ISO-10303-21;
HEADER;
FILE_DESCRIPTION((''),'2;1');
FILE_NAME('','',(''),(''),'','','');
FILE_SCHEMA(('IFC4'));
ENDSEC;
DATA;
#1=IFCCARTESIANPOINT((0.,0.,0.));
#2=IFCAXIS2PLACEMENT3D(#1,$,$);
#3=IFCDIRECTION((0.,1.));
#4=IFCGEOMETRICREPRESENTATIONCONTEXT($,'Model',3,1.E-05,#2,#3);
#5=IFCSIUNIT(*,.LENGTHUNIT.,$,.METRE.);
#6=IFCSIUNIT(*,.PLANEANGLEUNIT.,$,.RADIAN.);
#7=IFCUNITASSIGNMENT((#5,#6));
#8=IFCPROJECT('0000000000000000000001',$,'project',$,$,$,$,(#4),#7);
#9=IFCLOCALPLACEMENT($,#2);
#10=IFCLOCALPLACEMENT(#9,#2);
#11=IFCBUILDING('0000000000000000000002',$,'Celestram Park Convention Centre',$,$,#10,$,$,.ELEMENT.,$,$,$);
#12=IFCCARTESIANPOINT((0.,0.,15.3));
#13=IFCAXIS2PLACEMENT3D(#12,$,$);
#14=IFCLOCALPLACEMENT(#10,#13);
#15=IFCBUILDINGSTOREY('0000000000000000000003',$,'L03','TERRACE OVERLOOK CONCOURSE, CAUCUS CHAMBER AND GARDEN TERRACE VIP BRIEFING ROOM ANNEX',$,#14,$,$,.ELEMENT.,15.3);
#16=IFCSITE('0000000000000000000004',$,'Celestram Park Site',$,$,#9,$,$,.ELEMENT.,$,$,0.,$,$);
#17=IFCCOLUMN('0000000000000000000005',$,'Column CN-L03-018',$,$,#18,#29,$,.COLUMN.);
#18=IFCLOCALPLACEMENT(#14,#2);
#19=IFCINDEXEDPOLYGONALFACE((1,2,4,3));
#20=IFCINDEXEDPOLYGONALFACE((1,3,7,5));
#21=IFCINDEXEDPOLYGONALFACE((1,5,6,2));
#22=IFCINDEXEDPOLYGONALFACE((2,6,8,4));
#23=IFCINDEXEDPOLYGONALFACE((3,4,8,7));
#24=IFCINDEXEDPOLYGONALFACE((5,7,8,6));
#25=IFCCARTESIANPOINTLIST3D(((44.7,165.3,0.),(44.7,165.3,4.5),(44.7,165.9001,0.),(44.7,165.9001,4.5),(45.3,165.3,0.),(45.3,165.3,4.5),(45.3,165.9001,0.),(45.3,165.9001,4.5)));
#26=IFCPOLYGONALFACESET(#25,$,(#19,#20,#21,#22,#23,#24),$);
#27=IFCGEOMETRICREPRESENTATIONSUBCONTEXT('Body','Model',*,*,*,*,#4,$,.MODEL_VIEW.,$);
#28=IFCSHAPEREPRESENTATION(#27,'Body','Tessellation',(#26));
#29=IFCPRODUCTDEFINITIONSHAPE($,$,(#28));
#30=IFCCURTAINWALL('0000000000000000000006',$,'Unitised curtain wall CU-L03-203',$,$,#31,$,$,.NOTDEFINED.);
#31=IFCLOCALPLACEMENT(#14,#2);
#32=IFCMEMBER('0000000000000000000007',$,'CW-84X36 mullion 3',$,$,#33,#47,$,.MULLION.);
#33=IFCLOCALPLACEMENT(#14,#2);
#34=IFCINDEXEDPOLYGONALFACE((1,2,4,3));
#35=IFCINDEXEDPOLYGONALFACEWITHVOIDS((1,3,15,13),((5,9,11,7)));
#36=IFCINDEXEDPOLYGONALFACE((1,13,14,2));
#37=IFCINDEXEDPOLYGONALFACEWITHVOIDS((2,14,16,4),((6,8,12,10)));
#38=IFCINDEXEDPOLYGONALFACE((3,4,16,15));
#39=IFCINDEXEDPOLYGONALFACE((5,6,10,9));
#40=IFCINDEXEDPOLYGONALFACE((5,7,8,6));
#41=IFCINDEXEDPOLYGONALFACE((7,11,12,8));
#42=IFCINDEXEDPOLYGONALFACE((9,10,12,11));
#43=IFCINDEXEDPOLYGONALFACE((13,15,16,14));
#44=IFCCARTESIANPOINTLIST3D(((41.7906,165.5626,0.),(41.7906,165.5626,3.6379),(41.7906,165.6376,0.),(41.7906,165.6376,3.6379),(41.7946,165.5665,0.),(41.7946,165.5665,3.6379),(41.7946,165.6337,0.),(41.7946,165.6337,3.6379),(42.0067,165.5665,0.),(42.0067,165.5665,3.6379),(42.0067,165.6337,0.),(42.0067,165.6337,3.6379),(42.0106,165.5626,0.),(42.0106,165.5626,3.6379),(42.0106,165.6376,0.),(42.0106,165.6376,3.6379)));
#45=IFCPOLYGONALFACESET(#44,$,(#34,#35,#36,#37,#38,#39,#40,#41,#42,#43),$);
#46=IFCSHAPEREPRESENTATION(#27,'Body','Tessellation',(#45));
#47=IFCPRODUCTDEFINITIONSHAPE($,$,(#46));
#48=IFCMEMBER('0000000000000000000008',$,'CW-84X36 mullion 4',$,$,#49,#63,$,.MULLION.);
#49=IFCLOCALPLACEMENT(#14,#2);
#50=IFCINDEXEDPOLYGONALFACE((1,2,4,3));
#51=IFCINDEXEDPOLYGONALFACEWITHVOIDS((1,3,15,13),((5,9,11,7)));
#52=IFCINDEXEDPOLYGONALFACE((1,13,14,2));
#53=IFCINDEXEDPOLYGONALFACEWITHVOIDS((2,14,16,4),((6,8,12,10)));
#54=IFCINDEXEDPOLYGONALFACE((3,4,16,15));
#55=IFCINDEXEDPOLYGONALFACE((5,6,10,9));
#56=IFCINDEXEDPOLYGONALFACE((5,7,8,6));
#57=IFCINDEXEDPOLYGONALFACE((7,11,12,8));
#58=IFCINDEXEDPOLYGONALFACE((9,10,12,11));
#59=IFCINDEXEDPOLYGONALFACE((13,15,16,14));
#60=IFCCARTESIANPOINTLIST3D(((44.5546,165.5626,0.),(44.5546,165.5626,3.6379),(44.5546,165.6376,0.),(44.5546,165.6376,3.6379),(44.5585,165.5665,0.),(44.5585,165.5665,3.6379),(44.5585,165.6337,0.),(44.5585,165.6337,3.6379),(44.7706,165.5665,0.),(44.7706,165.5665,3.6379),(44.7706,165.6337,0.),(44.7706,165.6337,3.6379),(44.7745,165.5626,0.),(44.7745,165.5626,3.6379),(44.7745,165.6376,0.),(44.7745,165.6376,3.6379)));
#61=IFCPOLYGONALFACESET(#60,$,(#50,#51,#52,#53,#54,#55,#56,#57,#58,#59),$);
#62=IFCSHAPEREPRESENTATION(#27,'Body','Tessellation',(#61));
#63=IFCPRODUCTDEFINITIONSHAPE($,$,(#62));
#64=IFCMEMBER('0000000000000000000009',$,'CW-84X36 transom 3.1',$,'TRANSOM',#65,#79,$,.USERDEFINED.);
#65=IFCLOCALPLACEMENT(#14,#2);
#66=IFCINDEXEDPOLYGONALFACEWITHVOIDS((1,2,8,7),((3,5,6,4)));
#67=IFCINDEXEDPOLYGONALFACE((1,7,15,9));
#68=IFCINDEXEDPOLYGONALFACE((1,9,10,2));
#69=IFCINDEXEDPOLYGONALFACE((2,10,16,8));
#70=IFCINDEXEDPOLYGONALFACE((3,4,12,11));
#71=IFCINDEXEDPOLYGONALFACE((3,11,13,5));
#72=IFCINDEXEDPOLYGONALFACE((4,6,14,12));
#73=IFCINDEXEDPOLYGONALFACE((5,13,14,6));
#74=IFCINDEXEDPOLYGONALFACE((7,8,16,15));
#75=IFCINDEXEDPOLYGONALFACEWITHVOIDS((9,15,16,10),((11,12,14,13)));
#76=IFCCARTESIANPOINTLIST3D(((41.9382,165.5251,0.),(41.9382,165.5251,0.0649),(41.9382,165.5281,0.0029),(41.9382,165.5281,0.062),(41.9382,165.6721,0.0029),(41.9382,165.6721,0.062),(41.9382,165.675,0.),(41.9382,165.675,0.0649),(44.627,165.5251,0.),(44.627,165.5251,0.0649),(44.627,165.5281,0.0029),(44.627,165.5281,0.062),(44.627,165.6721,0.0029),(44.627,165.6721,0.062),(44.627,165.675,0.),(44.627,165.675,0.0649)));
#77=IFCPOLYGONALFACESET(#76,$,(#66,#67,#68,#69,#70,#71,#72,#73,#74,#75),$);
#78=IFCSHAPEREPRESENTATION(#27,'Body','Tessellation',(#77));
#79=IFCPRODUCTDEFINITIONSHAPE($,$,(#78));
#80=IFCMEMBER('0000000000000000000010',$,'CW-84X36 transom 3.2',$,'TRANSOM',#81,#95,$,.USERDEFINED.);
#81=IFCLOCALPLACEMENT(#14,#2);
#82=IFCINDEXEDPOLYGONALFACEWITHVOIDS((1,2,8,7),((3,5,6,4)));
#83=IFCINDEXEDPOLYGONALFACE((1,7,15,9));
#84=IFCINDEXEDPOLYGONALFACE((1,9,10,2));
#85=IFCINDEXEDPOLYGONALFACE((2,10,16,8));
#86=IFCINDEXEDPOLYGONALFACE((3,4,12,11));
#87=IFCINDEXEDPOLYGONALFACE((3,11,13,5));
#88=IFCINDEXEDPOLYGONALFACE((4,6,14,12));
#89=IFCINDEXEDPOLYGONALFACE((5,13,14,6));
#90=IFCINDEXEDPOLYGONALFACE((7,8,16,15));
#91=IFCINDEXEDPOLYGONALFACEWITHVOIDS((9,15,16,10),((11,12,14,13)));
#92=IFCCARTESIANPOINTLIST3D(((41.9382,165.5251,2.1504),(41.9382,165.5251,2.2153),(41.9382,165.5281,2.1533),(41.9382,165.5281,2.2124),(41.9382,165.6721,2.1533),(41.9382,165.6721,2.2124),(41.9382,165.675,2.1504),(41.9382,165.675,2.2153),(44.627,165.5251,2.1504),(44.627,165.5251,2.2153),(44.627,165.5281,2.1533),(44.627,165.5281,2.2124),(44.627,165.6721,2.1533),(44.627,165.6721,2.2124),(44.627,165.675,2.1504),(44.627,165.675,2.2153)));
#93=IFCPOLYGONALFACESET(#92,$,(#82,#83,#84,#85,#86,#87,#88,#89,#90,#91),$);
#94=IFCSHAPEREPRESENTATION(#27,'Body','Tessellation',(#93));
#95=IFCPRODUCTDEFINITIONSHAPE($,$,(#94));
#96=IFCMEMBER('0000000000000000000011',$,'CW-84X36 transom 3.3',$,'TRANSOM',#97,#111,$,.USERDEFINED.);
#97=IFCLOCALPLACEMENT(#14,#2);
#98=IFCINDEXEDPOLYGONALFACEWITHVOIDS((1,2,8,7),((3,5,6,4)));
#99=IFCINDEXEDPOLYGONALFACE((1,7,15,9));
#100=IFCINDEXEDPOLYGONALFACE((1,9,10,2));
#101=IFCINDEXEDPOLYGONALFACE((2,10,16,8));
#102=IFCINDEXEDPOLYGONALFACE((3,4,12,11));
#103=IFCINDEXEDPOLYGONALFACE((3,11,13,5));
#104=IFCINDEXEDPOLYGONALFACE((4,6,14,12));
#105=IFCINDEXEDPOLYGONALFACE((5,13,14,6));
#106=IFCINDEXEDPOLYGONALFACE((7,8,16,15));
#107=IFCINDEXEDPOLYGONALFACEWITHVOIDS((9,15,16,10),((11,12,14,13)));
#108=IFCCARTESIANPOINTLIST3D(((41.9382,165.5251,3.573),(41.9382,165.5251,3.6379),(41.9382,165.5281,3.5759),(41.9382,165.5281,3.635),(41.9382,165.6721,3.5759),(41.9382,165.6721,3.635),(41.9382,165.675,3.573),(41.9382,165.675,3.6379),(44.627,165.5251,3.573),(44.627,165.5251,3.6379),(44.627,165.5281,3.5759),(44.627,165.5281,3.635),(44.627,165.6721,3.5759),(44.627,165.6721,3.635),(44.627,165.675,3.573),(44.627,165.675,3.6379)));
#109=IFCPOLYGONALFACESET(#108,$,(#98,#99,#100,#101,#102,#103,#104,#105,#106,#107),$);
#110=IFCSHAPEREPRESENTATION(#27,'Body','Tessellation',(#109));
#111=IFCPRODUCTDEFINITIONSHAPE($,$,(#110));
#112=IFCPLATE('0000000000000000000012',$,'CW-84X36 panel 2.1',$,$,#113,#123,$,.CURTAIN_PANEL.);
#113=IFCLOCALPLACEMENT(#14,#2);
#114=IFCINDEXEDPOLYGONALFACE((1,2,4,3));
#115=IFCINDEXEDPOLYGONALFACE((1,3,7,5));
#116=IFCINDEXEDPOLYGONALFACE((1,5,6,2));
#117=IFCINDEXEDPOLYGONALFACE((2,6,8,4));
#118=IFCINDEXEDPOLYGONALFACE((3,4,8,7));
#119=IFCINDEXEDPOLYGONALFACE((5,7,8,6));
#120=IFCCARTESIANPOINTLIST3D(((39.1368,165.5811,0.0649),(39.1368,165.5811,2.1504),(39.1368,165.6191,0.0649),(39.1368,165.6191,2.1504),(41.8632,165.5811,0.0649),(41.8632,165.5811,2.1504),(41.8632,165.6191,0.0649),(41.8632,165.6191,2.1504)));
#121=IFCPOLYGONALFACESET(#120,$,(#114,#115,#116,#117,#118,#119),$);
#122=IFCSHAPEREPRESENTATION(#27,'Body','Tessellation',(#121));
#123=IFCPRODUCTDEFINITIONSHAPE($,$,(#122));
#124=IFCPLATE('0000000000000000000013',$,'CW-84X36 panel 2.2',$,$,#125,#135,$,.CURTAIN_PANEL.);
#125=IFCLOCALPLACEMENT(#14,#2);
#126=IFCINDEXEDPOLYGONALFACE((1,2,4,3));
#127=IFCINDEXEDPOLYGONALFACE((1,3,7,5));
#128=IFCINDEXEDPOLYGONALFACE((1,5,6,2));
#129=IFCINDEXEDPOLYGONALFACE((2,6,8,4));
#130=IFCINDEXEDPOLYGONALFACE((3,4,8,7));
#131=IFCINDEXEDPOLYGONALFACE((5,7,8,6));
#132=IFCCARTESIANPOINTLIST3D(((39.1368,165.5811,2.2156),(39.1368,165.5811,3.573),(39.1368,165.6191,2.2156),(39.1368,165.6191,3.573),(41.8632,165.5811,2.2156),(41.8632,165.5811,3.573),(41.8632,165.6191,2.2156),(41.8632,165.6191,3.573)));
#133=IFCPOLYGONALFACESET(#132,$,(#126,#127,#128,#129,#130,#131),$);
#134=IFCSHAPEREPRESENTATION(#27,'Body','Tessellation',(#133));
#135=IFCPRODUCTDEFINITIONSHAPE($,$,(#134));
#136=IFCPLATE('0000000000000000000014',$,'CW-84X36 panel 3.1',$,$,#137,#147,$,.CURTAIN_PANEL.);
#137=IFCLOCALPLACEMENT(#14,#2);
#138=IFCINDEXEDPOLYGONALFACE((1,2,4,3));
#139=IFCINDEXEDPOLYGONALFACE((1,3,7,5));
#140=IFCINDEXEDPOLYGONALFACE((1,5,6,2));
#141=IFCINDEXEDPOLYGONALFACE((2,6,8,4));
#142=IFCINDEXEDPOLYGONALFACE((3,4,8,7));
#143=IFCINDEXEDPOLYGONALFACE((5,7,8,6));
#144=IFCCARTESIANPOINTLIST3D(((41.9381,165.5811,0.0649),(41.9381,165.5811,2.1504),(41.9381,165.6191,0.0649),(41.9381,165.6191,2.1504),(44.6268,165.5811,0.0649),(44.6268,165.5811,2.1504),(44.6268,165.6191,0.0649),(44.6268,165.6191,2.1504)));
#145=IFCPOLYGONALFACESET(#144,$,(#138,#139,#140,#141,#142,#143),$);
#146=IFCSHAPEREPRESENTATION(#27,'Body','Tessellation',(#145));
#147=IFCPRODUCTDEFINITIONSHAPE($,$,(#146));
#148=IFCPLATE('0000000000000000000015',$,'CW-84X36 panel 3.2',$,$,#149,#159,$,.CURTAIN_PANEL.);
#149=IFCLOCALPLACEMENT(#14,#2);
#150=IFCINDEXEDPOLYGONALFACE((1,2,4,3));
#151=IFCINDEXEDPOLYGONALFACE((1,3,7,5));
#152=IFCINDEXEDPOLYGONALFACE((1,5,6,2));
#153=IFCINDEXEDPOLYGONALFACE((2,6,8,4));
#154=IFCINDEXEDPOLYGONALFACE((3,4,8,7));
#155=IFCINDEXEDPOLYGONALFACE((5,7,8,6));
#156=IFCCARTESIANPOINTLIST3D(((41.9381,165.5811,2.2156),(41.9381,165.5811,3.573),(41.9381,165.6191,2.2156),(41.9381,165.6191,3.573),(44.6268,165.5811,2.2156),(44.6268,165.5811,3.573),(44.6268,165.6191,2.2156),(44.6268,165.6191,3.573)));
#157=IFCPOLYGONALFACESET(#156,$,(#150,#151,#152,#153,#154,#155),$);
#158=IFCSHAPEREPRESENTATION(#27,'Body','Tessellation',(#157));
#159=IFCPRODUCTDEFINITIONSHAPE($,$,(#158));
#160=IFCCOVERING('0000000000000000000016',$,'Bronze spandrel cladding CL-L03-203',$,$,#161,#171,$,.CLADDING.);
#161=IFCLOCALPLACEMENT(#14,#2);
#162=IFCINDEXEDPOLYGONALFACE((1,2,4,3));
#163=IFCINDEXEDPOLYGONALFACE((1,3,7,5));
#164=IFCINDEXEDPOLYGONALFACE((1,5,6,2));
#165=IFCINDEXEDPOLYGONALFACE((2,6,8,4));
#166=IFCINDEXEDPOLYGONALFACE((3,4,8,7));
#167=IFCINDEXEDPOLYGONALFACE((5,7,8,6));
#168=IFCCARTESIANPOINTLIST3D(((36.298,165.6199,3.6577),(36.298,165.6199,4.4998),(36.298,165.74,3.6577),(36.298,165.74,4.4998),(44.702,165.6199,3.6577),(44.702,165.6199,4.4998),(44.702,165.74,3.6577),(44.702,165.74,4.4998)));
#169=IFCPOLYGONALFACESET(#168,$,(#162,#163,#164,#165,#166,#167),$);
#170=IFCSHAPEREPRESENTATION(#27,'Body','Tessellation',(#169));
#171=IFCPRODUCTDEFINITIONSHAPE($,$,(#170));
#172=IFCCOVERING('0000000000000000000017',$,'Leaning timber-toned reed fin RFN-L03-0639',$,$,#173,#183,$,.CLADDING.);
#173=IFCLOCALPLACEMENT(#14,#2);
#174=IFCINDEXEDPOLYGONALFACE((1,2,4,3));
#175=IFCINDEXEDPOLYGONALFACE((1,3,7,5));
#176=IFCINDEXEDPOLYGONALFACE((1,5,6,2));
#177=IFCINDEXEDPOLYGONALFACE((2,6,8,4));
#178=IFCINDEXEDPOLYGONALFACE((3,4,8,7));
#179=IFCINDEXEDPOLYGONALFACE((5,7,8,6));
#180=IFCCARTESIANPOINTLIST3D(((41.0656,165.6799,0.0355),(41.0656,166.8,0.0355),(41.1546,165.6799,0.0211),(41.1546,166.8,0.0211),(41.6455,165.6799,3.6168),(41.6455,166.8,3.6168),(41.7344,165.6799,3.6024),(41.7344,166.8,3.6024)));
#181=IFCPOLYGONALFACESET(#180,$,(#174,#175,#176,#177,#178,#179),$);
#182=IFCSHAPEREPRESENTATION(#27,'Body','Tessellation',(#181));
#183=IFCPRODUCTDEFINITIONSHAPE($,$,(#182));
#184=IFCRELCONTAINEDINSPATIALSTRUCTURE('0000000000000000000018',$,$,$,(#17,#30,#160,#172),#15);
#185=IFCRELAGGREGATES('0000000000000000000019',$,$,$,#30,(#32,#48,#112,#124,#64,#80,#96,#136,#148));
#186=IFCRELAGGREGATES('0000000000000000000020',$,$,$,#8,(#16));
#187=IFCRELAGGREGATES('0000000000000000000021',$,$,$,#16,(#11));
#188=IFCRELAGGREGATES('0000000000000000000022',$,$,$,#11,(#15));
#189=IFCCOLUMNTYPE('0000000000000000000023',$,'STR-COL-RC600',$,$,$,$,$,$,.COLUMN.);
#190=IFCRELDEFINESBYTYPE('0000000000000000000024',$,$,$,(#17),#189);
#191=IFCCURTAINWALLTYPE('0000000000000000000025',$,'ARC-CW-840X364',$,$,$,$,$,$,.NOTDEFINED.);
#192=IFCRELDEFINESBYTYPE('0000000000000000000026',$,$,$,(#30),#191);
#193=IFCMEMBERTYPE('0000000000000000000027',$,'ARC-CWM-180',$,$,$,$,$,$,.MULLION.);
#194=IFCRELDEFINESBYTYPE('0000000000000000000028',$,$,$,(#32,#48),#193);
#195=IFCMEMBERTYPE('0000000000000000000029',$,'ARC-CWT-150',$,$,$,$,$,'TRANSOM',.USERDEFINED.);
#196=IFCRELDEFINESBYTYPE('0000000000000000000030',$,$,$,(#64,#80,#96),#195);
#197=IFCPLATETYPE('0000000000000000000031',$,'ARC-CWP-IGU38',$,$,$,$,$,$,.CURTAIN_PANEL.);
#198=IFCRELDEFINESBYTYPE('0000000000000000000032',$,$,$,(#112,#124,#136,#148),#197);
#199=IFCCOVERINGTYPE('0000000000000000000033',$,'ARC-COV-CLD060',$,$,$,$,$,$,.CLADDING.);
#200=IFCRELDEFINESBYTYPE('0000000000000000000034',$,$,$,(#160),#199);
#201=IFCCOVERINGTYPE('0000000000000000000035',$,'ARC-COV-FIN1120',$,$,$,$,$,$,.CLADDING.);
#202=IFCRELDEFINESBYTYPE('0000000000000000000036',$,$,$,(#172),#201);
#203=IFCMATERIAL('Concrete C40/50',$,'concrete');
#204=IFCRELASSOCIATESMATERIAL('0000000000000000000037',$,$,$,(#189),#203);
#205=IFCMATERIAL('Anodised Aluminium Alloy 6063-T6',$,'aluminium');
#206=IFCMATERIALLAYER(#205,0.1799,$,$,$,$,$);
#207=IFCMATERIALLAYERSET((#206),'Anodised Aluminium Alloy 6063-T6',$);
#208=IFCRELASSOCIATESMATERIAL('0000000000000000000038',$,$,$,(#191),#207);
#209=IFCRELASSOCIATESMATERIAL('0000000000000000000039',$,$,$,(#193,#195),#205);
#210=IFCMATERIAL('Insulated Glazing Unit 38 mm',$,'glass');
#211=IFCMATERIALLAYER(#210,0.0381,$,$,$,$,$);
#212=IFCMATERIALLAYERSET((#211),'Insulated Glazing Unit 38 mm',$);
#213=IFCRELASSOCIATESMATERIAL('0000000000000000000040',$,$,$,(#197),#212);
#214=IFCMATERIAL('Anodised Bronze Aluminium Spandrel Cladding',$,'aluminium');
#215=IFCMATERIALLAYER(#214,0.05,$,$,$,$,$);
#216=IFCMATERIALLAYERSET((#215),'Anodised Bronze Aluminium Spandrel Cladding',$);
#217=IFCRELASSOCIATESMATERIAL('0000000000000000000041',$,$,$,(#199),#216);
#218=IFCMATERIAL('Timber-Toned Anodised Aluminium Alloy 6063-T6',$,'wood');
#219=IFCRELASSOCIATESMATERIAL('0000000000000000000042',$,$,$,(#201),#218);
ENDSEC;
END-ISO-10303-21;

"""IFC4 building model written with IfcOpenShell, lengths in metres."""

from ifc_helpers import new_model, si_unit, direction, frame, origin, origin_2d, place, context, subcontext, project, spatial, rectangle, hollow_rectangle, extrude, material, layer, layer_set, material_profile, profile_set, type_object, element, aggregate, save


model = new_model("IFC4")

# Units and contexts
model_context = context("Model", 3, precision=1e-05, world=origin(), true_north=direction((0.0, 1.0)))
body_context = subcontext(model_context, "Body", "Model", "MODEL_VIEW")
ifc_project = project(units=[si_unit("LENGTHUNIT", "METRE"), si_unit("PLANEANGLEUNIT", "RADIAN")], contexts=[model_context])

# Site, building, storey
site_placement = place(None, origin())
site = spatial("IfcSite", under=ifc_project, at=site_placement, Name="Celestram Park Site", CompositionType="ELEMENT", RefElevation=0.0)
building_placement = place(site_placement, origin())
building = spatial("IfcBuilding", under=site, at=building_placement, Name="Celestram Park Convention Centre", CompositionType="ELEMENT")
storey_placement = place(building_placement, frame((0.0, 0.0, 15.3)))
storey = spatial("IfcBuildingStorey", under=building, at=storey_placement, Name="L03", Description="TERRACE OVERLOOK CONCOURSE, CAUCUS CHAMBER AND GARDEN TERRACE VIP BRIEFING ROOM ANNEX", CompositionType="ELEMENT", Elevation=15.3)

# Column
ifc_material_1 = material(Name="Concrete C40/50", Category="concrete")
ifc_material_profile_1 = material_profile(ifc_material_1, rectangle(XDim=0.6001, YDim=0.6001, at=origin_2d()), Name="RC600X600")
ifc_profile_set_1 = profile_set([ifc_material_profile_1], Name="Concrete C40/50")
column_type = type_object("IfcColumnType", Name="STR-COL-RC600", PredefinedType="COLUMN", material=ifc_profile_set_1)
column_placement = place(storey_placement, frame((45.0, 165.6001, 0.0), z_axis=(0.0, 0.0, 1.0), x_axis=(1.0, 0.0, 0.0)))
element("IfcColumn", 1, at=column_placement, inside=storey, type_object=column_type, Name="Column CN-L03-018", PredefinedType="COLUMN", context=body_context, shape_type="SweptSolid", body=[
    extrude(rectangle(XDim=0.6001, YDim=0.6001, at=origin_2d()), origin(), (0.0, 0.0, 1.0), 4.5),
])

# Curtain wall, members, plates
ifc_material_2 = material(Name="Anodised Aluminium Alloy 6063-T6", Category="aluminium")
ifc_layer_1 = layer(ifc_material_2, 0.1799)
ifc_layer_set_1 = layer_set([ifc_layer_1], Name="Anodised Aluminium Alloy 6063-T6")
curtain_wall_type = type_object("IfcCurtainWallType", Name="ARC-CW-840X364", PredefinedType="NOTDEFINED", material=ifc_layer_set_1)
curtain_wall_placement = place(storey_placement, origin())
curtain_wall = element("IfcCurtainWall", 2, at=curtain_wall_placement, inside=storey, type_object=curtain_wall_type, Name="Unitised curtain wall CU-L03-203", PredefinedType="NOTDEFINED")
ifc_material_profile_2 = material_profile(ifc_material_2, hollow_rectangle(XDim=0.075, YDim=0.22, WallThickness=0.0039, at=origin_2d()), Name="ALU75X220X4")
ifc_profile_set_2 = profile_set([ifc_material_profile_2], Name="Anodised Aluminium Alloy 6063-T6")
member_type_1 = type_object("IfcMemberType", Name="ARC-CWM-180", PredefinedType="MULLION", material=ifc_profile_set_2)
member_1_placement = place(storey_placement, frame((41.9006, 165.6001, 0.0), z_axis=(0.0, 0.0, 1.0), x_axis=(0.0, 1.0, 0.0)))
member_1 = element("IfcMember", 3, at=member_1_placement, type_object=member_type_1, Name="CW-84X36 mullion 3", PredefinedType="MULLION", context=body_context, shape_type="SweptSolid", body=[
    extrude(hollow_rectangle(XDim=0.075, YDim=0.22, WallThickness=0.0039, at=origin_2d()), origin(), (0.0, 0.0, 1.0), 3.6379),
])
member_2_placement = place(storey_placement, frame((44.6646, 165.6001, 0.0), z_axis=(0.0, 0.0, 1.0), x_axis=(0.0, 1.0, 0.0)))
member_2 = element("IfcMember", 4, at=member_2_placement, type_object=member_type_1, Name="CW-84X36 mullion 4", PredefinedType="MULLION", context=body_context, shape_type="SweptSolid", body=[
    extrude(hollow_rectangle(XDim=0.075, YDim=0.22, WallThickness=0.0039, at=origin_2d()), origin(), (0.0, 0.0, 1.0), 3.6379),
])
ifc_material_profile_3 = material_profile(ifc_material_2, hollow_rectangle(XDim=0.1499, YDim=0.0649, WallThickness=0.0029, at=origin_2d()), Name="ALU150X65X3")
ifc_profile_set_3 = profile_set([ifc_material_profile_3], Name="Anodised Aluminium Alloy 6063-T6")
member_type_2 = type_object("IfcMemberType", Name="ARC-CWT-150", ElementType="TRANSOM", PredefinedType="USERDEFINED", material=ifc_profile_set_3)
member_3_placement = place(storey_placement, frame((41.9382, 165.6001, 0.0325), z_axis=(1.0, 0.0, 0.0), x_axis=(0.0, 1.0, 0.0)))
member_3 = element("IfcMember", 5, at=member_3_placement, type_object=member_type_2, Name="CW-84X36 transom 3.1", ObjectType="TRANSOM", PredefinedType="USERDEFINED", context=body_context, shape_type="SweptSolid", body=[
    extrude(hollow_rectangle(XDim=0.1499, YDim=0.0649, WallThickness=0.0029, at=origin_2d()), origin(), (0.0, 0.0, 1.0), 2.6887),
])
member_4_placement = place(storey_placement, frame((41.9382, 165.6001, 2.1829), z_axis=(1.0, 0.0, 0.0), x_axis=(0.0, 1.0, 0.0)))
member_4 = element("IfcMember", 6, at=member_4_placement, type_object=member_type_2, Name="CW-84X36 transom 3.2", ObjectType="TRANSOM", PredefinedType="USERDEFINED", context=body_context, shape_type="SweptSolid", body=[
    extrude(hollow_rectangle(XDim=0.1499, YDim=0.0649, WallThickness=0.0029, at=origin_2d()), origin(), (0.0, 0.0, 1.0), 2.6887),
])
member_5_placement = place(storey_placement, frame((41.9382, 165.6001, 3.6055), z_axis=(1.0, 0.0, 0.0), x_axis=(0.0, 1.0, 0.0)))
member_5 = element("IfcMember", 7, at=member_5_placement, type_object=member_type_2, Name="CW-84X36 transom 3.3", ObjectType="TRANSOM", PredefinedType="USERDEFINED", context=body_context, shape_type="SweptSolid", body=[
    extrude(hollow_rectangle(XDim=0.1499, YDim=0.0649, WallThickness=0.0029, at=origin_2d()), origin(), (0.0, 0.0, 1.0), 2.6887),
])
ifc_material_3 = material(Name="Insulated Glazing Unit 38 mm", Category="glass")
ifc_layer_2 = layer(ifc_material_3, 0.0381)
ifc_layer_set_2 = layer_set([ifc_layer_2], Name="Insulated Glazing Unit 38 mm")
plate_type = type_object("IfcPlateType", Name="ARC-CWP-IGU38", PredefinedType="CURTAIN_PANEL", material=ifc_layer_set_2)
plate_1_placement = place(storey_placement, frame((40.5, 165.6001, 0.0649), z_axis=(0.0, 0.0, 1.0), x_axis=(1.0, 0.0, 0.0)))
plate_1 = element("IfcPlate", 8, at=plate_1_placement, type_object=plate_type, Name="CW-84X36 panel 2.1", PredefinedType="CURTAIN_PANEL", context=body_context, shape_type="SweptSolid", body=[
    extrude(rectangle(XDim=2.7263, YDim=0.0381, at=origin_2d()), origin(), (0.0, 0.0, 1.0), 2.0854),
])
plate_2_placement = place(storey_placement, frame((40.5, 165.6001, 2.2156), z_axis=(0.0, 0.0, 1.0), x_axis=(1.0, 0.0, 0.0)))
plate_2 = element("IfcPlate", 9, at=plate_2_placement, type_object=plate_type, Name="CW-84X36 panel 2.2", PredefinedType="CURTAIN_PANEL", context=body_context, shape_type="SweptSolid", body=[
    extrude(rectangle(XDim=2.7263, YDim=0.0381, at=origin_2d()), origin(), (0.0, 0.0, 1.0), 1.3574),
])
plate_3_placement = place(storey_placement, frame((43.2825, 165.6001, 0.0649), z_axis=(0.0, 0.0, 1.0), x_axis=(1.0, 0.0, 0.0)))
plate_3 = element("IfcPlate", 10, at=plate_3_placement, type_object=plate_type, Name="CW-84X36 panel 3.1", PredefinedType="CURTAIN_PANEL", context=body_context, shape_type="SweptSolid", body=[
    extrude(rectangle(XDim=2.6887, YDim=0.0381, at=origin_2d()), origin(), (0.0, 0.0, 1.0), 2.0854),
])
plate_4_placement = place(storey_placement, frame((43.2825, 165.6001, 2.2156), z_axis=(0.0, 0.0, 1.0), x_axis=(1.0, 0.0, 0.0)))
plate_4 = element("IfcPlate", 11, at=plate_4_placement, type_object=plate_type, Name="CW-84X36 panel 3.2", PredefinedType="CURTAIN_PANEL", context=body_context, shape_type="SweptSolid", body=[
    extrude(rectangle(XDim=2.6887, YDim=0.0381, at=origin_2d()), origin(), (0.0, 0.0, 1.0), 1.3574),
])
aggregate(curtain_wall, [member_1, member_2, plate_1, plate_2, member_3, member_4, member_5, plate_3, plate_4])

# Coverings
ifc_material_4 = material(Name="Anodised Bronze Aluminium Spandrel Cladding", Category="aluminium")
ifc_layer_3 = layer(ifc_material_4, 0.05)
ifc_layer_set_3 = layer_set([ifc_layer_3], Name="Anodised Bronze Aluminium Spandrel Cladding")
covering_type_1 = type_object("IfcCoveringType", Name="ARC-COV-CLD060", PredefinedType="CLADDING", material=ifc_layer_set_3)
covering_1_placement = place(storey_placement, frame((40.5, 165.6799, 3.6577), z_axis=(0.0, 0.0, 1.0), x_axis=(1.0, 0.0, 0.0)))
element("IfcCovering", 12, at=covering_1_placement, inside=storey, type_object=covering_type_1, Name="Bronze spandrel cladding CL-L03-203", PredefinedType="CLADDING", context=body_context, shape_type="SweptSolid", body=[
    extrude(rectangle(XDim=8.4041, YDim=0.1201, at=origin_2d()), origin(), (0.0, 0.0, 1.0), 0.842),
])
ifc_material_5 = material(Name="Timber-Toned Anodised Aluminium Alloy 6063-T6", Category="wood")
ifc_material_profile_4 = material_profile(ifc_material_5, rectangle(XDim=1.1201, YDim=0.0901, at=origin_2d()), Name="REED1120X90")
ifc_profile_set_4 = profile_set([ifc_material_profile_4], Name="Timber-Toned Anodised Aluminium Alloy 6063-T6")
covering_type_2 = type_object("IfcCoveringType", Name="ARC-COV-FIN1120", PredefinedType="CLADDING", material=ifc_profile_set_4)
covering_2_placement = place(storey_placement, frame((41.1101, 166.24, 0.0283), z_axis=(0.159825, 0.0, 0.987145), x_axis=(0.0, 1.0, 0.0)))
element("IfcCovering", 13, at=covering_2_placement, inside=storey, type_object=covering_type_2, Name="Leaning timber-toned reed fin RFN-L03-0639", PredefinedType="CLADDING", context=body_context, shape_type="SweptSolid", body=[
    extrude(rectangle(XDim=1.1201, YDim=0.0901, at=origin_2d()), origin(), (0.0, 0.0, 1.0), 3.6279),
])

save(model, "model.ifc")
